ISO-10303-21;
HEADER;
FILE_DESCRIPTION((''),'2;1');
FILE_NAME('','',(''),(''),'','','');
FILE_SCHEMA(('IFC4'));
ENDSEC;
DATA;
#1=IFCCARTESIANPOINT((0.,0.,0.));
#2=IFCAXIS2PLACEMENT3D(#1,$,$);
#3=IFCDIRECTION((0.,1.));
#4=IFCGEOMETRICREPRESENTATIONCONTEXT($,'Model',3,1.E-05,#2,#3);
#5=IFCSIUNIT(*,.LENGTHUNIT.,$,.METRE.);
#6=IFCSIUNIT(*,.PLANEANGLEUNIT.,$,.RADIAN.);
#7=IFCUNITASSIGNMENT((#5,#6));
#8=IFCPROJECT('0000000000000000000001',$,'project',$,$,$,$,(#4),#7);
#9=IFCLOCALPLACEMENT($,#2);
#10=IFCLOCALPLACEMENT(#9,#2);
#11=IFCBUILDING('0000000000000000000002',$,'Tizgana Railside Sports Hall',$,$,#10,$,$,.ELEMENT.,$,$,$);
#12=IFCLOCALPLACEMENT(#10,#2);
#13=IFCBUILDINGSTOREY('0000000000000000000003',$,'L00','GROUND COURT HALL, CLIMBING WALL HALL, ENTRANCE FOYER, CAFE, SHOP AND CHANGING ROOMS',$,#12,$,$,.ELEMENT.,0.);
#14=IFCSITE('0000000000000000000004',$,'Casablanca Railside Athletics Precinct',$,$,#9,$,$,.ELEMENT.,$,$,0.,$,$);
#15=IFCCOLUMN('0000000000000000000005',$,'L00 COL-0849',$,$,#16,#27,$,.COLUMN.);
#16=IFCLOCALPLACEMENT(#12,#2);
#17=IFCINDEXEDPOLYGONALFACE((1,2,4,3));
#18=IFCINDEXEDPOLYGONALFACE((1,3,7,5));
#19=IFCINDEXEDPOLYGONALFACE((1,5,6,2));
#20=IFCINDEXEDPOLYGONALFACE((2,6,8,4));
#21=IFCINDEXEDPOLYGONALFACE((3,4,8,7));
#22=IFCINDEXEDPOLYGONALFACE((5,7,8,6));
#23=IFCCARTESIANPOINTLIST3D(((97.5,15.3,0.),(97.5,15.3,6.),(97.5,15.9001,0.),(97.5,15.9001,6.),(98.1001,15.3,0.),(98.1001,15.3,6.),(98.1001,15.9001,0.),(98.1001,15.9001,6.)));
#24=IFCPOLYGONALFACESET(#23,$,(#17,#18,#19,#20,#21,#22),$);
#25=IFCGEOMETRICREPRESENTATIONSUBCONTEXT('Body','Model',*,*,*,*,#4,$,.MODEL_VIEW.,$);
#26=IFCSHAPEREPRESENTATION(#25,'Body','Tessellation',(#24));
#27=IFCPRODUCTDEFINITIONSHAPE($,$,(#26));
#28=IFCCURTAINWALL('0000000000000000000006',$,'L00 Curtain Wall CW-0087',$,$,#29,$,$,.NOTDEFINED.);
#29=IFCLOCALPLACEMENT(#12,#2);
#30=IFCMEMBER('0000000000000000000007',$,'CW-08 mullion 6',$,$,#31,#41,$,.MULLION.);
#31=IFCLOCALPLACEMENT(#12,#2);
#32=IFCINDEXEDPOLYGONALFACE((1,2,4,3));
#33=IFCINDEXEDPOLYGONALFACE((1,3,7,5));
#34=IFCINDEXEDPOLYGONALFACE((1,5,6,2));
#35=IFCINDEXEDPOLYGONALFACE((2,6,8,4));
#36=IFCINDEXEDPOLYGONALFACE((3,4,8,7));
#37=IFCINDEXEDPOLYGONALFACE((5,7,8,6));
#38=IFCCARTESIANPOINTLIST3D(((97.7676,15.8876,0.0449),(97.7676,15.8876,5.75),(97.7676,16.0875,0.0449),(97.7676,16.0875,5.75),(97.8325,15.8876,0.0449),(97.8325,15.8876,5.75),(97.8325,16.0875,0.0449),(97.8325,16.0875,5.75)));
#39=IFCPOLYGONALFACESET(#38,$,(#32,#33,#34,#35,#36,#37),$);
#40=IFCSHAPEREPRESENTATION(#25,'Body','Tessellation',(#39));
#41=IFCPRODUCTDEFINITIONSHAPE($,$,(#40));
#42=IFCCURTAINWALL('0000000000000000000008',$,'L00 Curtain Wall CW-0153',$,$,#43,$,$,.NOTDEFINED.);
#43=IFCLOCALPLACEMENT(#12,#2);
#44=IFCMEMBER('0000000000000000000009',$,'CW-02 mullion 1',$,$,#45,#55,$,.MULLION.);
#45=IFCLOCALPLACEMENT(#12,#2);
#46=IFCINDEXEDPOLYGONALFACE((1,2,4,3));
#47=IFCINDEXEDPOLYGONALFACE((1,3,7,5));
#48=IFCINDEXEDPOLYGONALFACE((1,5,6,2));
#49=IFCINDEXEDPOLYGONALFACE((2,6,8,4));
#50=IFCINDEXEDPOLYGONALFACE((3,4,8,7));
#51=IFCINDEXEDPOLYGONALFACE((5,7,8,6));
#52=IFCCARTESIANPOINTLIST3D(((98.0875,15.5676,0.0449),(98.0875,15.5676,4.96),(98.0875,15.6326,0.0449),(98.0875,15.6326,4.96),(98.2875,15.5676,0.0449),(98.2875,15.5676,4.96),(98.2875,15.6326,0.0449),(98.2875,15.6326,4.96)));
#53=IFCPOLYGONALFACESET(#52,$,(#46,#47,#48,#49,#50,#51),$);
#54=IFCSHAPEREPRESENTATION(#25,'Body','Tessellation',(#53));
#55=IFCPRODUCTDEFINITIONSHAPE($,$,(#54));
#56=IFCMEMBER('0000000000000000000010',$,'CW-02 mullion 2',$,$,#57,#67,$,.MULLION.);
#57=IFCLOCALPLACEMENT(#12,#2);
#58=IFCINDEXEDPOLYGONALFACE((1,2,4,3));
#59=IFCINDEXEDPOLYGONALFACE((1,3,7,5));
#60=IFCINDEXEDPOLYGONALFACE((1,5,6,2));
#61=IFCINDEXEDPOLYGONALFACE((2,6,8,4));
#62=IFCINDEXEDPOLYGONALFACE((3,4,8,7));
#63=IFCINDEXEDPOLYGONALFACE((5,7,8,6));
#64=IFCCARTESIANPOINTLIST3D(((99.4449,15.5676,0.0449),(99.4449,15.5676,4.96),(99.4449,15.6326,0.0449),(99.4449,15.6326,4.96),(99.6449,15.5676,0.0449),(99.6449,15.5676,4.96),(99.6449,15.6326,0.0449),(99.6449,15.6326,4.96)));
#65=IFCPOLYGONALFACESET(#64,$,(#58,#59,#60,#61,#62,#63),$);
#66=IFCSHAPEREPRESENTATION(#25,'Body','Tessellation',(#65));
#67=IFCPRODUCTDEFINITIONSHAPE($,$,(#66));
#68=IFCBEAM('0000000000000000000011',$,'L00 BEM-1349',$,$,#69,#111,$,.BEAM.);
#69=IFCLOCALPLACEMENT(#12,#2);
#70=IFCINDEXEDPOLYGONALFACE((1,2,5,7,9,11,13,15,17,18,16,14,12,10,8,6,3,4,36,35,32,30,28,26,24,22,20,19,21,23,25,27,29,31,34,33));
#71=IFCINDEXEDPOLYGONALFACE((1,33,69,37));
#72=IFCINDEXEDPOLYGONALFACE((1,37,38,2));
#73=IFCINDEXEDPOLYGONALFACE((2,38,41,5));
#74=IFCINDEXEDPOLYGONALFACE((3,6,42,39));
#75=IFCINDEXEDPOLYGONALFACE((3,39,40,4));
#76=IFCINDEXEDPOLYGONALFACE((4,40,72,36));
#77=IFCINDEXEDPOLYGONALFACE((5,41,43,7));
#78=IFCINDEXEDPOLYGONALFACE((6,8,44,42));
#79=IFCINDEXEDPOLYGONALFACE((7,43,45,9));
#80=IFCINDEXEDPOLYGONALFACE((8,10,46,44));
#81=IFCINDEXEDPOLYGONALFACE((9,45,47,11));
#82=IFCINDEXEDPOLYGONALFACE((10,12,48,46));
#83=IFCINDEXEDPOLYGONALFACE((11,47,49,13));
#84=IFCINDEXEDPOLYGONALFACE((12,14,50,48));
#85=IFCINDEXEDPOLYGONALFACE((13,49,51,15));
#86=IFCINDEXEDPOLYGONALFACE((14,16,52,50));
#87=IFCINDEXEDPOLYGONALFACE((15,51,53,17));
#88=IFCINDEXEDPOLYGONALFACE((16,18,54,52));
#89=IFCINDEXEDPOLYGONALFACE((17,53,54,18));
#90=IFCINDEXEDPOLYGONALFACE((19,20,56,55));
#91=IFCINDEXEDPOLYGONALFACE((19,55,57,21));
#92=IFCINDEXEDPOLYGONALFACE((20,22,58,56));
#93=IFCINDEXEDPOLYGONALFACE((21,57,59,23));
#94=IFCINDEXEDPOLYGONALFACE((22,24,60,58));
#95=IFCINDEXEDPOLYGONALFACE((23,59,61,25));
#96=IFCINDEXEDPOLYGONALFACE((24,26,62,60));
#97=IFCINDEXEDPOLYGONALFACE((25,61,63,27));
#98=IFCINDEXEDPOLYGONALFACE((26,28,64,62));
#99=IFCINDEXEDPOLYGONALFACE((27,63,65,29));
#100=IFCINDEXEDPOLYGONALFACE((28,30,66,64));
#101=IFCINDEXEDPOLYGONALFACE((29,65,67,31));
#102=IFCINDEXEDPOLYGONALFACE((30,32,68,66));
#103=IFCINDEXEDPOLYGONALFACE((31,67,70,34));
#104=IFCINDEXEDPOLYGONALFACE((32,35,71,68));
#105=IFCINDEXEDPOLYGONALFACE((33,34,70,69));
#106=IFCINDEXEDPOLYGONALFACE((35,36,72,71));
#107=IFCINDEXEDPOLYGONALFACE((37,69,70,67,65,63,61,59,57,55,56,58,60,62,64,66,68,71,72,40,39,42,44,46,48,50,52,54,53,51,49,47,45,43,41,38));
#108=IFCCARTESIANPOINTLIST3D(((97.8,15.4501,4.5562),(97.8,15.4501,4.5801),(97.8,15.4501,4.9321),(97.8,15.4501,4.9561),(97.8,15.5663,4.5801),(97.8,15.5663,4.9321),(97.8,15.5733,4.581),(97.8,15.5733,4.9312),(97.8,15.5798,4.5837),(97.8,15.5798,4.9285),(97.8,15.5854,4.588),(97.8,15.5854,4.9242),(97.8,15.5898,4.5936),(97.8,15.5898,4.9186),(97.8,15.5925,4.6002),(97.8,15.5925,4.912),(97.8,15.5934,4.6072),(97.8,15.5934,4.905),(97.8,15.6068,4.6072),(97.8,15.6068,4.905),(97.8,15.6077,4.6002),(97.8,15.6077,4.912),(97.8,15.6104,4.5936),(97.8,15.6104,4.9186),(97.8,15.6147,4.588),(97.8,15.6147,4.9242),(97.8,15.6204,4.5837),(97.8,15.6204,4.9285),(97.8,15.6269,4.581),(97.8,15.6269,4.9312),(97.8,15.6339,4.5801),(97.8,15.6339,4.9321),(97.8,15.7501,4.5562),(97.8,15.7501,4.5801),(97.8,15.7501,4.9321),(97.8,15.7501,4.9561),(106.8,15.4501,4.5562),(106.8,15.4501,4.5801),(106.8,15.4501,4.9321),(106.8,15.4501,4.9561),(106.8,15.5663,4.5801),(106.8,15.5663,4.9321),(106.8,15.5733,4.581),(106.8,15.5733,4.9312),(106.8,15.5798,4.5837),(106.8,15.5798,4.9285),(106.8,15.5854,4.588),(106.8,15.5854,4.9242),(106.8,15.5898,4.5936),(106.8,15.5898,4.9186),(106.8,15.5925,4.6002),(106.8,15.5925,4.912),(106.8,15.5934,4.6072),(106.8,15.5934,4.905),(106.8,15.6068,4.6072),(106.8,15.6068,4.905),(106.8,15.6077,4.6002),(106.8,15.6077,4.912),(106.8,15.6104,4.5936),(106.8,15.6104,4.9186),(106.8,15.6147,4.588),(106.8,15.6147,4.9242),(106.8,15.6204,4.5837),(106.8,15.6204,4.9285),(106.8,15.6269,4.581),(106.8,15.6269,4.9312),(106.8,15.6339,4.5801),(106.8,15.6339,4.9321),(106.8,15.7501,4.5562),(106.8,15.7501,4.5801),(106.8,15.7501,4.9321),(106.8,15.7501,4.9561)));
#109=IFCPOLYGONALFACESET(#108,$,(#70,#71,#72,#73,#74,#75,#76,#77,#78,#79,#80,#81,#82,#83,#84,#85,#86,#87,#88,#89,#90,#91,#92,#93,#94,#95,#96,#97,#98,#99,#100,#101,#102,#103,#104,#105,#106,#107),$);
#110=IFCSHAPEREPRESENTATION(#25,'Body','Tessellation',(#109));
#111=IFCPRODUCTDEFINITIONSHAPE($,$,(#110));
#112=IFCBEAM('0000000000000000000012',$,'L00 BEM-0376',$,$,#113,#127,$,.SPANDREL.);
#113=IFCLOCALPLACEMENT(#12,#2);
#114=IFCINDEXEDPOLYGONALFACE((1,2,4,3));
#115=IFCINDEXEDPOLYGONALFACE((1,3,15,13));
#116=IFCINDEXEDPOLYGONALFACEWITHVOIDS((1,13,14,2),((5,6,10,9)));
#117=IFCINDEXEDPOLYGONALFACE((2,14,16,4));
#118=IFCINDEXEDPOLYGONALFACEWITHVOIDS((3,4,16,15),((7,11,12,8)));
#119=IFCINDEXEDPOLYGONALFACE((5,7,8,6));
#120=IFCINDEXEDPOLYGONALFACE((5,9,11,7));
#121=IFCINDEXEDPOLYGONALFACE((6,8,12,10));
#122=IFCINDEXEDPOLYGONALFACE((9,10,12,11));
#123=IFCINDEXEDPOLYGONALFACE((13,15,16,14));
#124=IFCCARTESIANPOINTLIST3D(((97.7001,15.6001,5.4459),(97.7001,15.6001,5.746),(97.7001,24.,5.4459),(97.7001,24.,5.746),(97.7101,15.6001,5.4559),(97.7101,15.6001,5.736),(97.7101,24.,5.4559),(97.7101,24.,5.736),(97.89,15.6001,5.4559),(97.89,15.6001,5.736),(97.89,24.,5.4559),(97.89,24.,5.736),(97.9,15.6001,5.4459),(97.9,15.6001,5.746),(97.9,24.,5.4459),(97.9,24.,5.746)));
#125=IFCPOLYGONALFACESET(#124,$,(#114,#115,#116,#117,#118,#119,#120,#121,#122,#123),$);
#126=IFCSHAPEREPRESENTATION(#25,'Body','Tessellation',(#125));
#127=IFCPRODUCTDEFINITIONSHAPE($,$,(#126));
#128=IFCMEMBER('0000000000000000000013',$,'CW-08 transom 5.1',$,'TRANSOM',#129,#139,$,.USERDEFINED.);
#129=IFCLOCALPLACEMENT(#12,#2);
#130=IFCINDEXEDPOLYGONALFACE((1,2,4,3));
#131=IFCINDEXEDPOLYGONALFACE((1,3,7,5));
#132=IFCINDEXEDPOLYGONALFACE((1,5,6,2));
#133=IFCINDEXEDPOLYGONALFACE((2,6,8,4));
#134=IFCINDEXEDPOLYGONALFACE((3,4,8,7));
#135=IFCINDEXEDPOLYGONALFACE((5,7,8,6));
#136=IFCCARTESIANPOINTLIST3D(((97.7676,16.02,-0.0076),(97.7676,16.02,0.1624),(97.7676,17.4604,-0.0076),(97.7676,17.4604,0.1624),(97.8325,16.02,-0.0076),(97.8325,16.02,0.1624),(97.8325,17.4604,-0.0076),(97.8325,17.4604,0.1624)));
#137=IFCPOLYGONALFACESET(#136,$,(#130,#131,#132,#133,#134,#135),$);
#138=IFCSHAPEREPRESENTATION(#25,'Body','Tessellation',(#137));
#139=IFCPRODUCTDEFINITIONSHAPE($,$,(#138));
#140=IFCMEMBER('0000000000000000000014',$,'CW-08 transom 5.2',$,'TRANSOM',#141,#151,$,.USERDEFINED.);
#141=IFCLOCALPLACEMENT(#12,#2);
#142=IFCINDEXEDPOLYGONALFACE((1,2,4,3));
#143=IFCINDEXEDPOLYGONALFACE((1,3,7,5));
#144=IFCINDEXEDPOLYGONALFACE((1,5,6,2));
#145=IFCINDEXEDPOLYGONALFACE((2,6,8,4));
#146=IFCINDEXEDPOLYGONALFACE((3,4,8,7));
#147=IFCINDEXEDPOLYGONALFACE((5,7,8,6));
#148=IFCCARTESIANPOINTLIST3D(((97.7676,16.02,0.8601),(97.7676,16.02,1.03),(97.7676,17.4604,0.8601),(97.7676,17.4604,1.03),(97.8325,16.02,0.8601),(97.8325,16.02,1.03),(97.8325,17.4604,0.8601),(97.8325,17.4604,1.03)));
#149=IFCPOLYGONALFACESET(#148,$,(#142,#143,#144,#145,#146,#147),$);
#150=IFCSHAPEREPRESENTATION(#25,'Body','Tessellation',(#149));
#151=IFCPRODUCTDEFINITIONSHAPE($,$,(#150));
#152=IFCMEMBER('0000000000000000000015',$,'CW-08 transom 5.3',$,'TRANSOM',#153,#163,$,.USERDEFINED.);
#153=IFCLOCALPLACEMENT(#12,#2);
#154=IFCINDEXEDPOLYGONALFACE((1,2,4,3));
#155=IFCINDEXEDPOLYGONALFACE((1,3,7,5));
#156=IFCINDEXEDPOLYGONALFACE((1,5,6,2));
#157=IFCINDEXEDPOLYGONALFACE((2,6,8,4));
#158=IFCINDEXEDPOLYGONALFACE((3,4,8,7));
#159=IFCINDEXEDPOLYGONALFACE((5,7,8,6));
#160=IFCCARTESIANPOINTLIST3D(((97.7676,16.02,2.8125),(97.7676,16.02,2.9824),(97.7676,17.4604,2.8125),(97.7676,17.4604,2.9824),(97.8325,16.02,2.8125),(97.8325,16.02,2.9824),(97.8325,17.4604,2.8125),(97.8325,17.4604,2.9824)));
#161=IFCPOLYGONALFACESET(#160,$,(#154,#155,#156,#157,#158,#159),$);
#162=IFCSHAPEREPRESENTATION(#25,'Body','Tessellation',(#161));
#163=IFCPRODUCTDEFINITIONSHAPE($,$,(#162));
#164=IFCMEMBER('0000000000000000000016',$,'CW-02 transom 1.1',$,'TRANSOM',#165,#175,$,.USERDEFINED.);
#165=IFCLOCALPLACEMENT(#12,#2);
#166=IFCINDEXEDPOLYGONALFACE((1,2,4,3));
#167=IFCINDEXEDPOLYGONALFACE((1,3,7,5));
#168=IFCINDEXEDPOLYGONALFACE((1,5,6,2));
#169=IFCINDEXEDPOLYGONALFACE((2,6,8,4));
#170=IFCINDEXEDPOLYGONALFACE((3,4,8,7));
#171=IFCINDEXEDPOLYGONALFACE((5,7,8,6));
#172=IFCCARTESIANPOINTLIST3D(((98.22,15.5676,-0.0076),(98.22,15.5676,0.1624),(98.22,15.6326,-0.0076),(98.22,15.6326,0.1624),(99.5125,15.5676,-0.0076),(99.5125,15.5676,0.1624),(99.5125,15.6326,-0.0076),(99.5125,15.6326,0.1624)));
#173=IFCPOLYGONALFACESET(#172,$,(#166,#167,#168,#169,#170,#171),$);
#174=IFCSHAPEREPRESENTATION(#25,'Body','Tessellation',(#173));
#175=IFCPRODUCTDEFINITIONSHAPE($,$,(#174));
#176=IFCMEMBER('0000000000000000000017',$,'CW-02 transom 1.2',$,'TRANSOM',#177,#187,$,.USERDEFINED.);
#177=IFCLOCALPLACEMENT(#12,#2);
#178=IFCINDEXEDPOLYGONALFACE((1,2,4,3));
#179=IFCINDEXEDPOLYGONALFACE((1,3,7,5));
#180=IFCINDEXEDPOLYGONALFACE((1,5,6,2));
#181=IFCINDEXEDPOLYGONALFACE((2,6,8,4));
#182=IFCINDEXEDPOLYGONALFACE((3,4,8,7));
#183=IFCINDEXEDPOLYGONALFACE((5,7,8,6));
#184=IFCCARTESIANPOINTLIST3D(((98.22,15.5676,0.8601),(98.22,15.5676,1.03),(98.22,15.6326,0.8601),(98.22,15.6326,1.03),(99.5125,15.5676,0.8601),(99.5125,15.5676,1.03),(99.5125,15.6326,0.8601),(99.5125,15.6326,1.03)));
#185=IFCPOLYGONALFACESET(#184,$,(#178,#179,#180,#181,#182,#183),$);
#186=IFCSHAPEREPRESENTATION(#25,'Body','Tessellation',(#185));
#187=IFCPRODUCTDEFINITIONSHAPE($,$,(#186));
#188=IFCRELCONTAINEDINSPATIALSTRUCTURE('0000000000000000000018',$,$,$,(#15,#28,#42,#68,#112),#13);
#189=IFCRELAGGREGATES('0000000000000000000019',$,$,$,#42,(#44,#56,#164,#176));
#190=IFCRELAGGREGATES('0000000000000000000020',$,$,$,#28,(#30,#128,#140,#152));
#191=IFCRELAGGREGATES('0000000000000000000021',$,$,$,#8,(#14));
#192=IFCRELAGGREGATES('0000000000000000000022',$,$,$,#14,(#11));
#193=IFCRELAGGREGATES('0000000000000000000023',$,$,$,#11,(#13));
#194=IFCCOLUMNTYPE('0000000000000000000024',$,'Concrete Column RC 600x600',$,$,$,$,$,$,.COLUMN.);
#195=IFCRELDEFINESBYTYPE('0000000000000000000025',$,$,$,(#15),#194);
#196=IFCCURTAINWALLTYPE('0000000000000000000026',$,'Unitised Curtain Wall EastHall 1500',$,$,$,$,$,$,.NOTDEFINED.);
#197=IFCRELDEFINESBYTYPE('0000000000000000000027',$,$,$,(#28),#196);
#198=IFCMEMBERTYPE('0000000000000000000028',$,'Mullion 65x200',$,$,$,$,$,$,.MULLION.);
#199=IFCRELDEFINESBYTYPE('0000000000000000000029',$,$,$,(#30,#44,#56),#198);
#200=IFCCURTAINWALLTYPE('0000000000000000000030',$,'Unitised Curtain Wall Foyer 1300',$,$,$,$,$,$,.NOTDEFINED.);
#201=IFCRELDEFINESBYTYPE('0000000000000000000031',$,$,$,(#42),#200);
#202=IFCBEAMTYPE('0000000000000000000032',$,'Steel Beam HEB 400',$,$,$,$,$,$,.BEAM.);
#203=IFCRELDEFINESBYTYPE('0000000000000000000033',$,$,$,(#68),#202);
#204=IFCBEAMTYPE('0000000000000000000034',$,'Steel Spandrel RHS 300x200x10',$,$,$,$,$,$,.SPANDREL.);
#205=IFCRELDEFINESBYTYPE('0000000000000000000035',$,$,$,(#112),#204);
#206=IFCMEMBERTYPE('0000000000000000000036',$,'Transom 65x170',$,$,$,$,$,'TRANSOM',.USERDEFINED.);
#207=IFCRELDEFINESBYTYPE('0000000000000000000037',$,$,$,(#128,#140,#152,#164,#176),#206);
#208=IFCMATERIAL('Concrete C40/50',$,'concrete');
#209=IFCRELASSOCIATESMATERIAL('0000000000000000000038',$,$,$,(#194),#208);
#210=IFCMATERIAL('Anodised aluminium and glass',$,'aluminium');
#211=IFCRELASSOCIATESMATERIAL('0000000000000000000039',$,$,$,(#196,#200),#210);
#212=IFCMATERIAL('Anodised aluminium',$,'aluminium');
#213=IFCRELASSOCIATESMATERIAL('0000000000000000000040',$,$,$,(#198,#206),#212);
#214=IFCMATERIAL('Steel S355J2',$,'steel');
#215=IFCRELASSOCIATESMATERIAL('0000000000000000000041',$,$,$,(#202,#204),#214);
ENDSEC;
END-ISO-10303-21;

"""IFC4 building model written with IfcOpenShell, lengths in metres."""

from ifc_helpers import new_model, si_unit, direction, frame, origin, origin_2d, place, context, subcontext, project, spatial, rectangle, hollow_rectangle, i_section, extrude, material, material_profile, profile_set, type_object, element, aggregate, save


model = new_model("IFC4")

# Units and contexts
model_context = context("Model", 3, precision=1e-05, world=origin(), true_north=direction((0.0, 1.0)))
body_context = subcontext(model_context, "Body", "Model", "MODEL_VIEW")
ifc_project = project(units=[si_unit("LENGTHUNIT", "METRE"), si_unit("PLANEANGLEUNIT", "RADIAN")], contexts=[model_context])

# Site, building, storey
site_placement = place(None, origin())
site = spatial("IfcSite", under=ifc_project, at=site_placement, Name="Casablanca Railside Athletics Precinct", CompositionType="ELEMENT", RefElevation=0.0)
building_placement = place(site_placement, origin())
building = spatial("IfcBuilding", under=site, at=building_placement, Name="Tizgana Railside Sports Hall", CompositionType="ELEMENT")
storey_placement = place(building_placement, origin())
storey = spatial("IfcBuildingStorey", under=building, at=storey_placement, Name="L00", Description="GROUND COURT HALL, CLIMBING WALL HALL, ENTRANCE FOYER, CAFE, SHOP AND CHANGING ROOMS", CompositionType="ELEMENT", Elevation=0.0)

# Column
ifc_material_1 = material(Name="Concrete C40/50", Category="concrete")
ifc_material_profile_1 = material_profile(ifc_material_1, rectangle(XDim=0.6001, YDim=0.6001, at=origin_2d()), Name="RC 600x600")
ifc_profile_set_1 = profile_set([ifc_material_profile_1], Name="Concrete C40/50")
column_type = type_object("IfcColumnType", Name="Concrete Column RC 600x600", PredefinedType="COLUMN", material=ifc_profile_set_1)
column_placement = place(storey_placement, frame((97.8, 15.6001, 0.0), z_axis=(0.0, 0.0, 1.0), x_axis=(1.0, 0.0, 0.0)))
element("IfcColumn", 1, at=column_placement, inside=storey, type_object=column_type, Name="L00 COL-0849", PredefinedType="COLUMN", context=body_context, shape_type="SweptSolid", body=[
    extrude(rectangle(XDim=0.6001, YDim=0.6001, at=origin_2d()), origin(), (0.0, 0.0, 1.0), 6.0),
])

# Curtain wall, member
ifc_material_2 = material(Name="Anodised aluminium and glass", Category="aluminium")
curtain_wall_type_1 = type_object("IfcCurtainWallType", Name="Unitised Curtain Wall EastHall 1500", PredefinedType="NOTDEFINED", material=ifc_material_2)
curtain_wall_1_placement = place(storey_placement, origin())
curtain_wall_1 = element("IfcCurtainWall", 2, at=curtain_wall_1_placement, inside=storey, type_object=curtain_wall_type_1, Name="L00 Curtain Wall CW-0087", PredefinedType="NOTDEFINED")
ifc_material_3 = material(Name="Anodised aluminium", Category="aluminium")
ifc_material_profile_2 = material_profile(ifc_material_3, rectangle(XDim=0.0649, YDim=0.2, at=origin_2d()), Name="Mullion 65x200")
ifc_profile_set_2 = profile_set([ifc_material_profile_2], Name="Anodised aluminium")
member_type_1 = type_object("IfcMemberType", Name="Mullion 65x200", PredefinedType="MULLION", material=ifc_profile_set_2)
member_1_placement = place(storey_placement, frame((97.8, 15.9875, 0.0449), z_axis=(0.0, 0.0, 1.0), x_axis=(1.0, 0.0, 0.0)))
member_1 = element("IfcMember", 3, at=member_1_placement, type_object=member_type_1, Name="CW-08 mullion 6", PredefinedType="MULLION", context=body_context, shape_type="SweptSolid", body=[
    extrude(rectangle(XDim=0.0649, YDim=0.2, at=origin_2d()), origin(), (0.0, 0.0, 1.0), 5.7051),
])

# Curtain wall, members
curtain_wall_type_2 = type_object("IfcCurtainWallType", Name="Unitised Curtain Wall Foyer 1300", PredefinedType="NOTDEFINED", material=ifc_material_2)
curtain_wall_2_placement = place(storey_placement, origin())
curtain_wall_2 = element("IfcCurtainWall", 4, at=curtain_wall_2_placement, inside=storey, type_object=curtain_wall_type_2, Name="L00 Curtain Wall CW-0153", PredefinedType="NOTDEFINED")
member_2_placement = place(storey_placement, frame((98.1875, 15.6001, 0.0449), z_axis=(0.0, 0.0, 1.0), x_axis=(0.0, 1.0, 0.0)))
member_2 = element("IfcMember", 5, at=member_2_placement, type_object=member_type_1, Name="CW-02 mullion 1", PredefinedType="MULLION", context=body_context, shape_type="SweptSolid", body=[
    extrude(rectangle(XDim=0.0649, YDim=0.2, at=origin_2d()), origin(), (0.0, 0.0, 1.0), 4.915),
])
member_3_placement = place(storey_placement, frame((99.5449, 15.6001, 0.0449), z_axis=(0.0, 0.0, 1.0), x_axis=(0.0, 1.0, 0.0)))
member_3 = element("IfcMember", 6, at=member_3_placement, type_object=member_type_1, Name="CW-02 mullion 2", PredefinedType="MULLION", context=body_context, shape_type="SweptSolid", body=[
    extrude(rectangle(XDim=0.0649, YDim=0.2, at=origin_2d()), origin(), (0.0, 0.0, 1.0), 4.915),
])

# Beams
ifc_material_4 = material(Name="Steel S355J2", Category="steel")
ifc_material_profile_3 = material_profile(ifc_material_4, i_section(OverallWidth=0.3, OverallDepth=0.3999, WebThickness=0.0134, FlangeThickness=0.0239, FilletRadius=0.0271, at=origin_2d()), Name="HEB 400")
ifc_profile_set_3 = profile_set([ifc_material_profile_3], Name="Steel S355J2")
beam_type_1 = type_object("IfcBeamType", Name="Steel Beam HEB 400", PredefinedType="BEAM", material=ifc_profile_set_3)
beam_1_placement = place(storey_placement, frame((97.8, 15.6001, 4.7561), z_axis=(1.0, 0.0, 0.0), x_axis=(0.0, 1.0, 0.0)))
element("IfcBeam", 7, at=beam_1_placement, inside=storey, type_object=beam_type_1, Name="L00 BEM-1349", PredefinedType="BEAM", context=body_context, shape_type="SweptSolid", body=[
    extrude(i_section(OverallWidth=0.3, OverallDepth=0.3999, WebThickness=0.0134, FlangeThickness=0.0239, FilletRadius=0.0271, at=origin_2d()), origin(), (0.0, 0.0, 1.0), 9.0),
])
ifc_material_profile_4 = material_profile(ifc_material_4, hollow_rectangle(XDim=0.2, YDim=0.3, WallThickness=0.01, at=origin_2d()), Name="RHS 300x200x10")
ifc_profile_set_4 = profile_set([ifc_material_profile_4], Name="Steel S355J2")
beam_type_2 = type_object("IfcBeamType", Name="Steel Spandrel RHS 300x200x10", PredefinedType="SPANDREL", material=ifc_profile_set_4)
beam_2_placement = place(storey_placement, frame((97.8, 15.6001, 5.5959), z_axis=(0.0, 1.0, 0.0), x_axis=(-1.0, 0.0, 0.0)))
element("IfcBeam", 8, at=beam_2_placement, inside=storey, type_object=beam_type_2, Name="L00 BEM-0376", PredefinedType="SPANDREL", context=body_context, shape_type="SweptSolid", body=[
    extrude(hollow_rectangle(XDim=0.2, YDim=0.3, WallThickness=0.01, at=origin_2d()), origin(), (0.0, 0.0, 1.0), 8.3999),
])

# Members
ifc_material_profile_5 = material_profile(ifc_material_3, rectangle(XDim=0.0649, YDim=0.1699, at=origin_2d()), Name="Transom 65x170")
ifc_profile_set_5 = profile_set([ifc_material_profile_5], Name="Anodised aluminium")
member_type_2 = type_object("IfcMemberType", Name="Transom 65x170", ElementType="TRANSOM", PredefinedType="USERDEFINED", material=ifc_profile_set_5)
member_4_placement = place(storey_placement, frame((97.8, 17.4604, 0.0774), z_axis=(0.0, -1.0, 0.0), x_axis=(1.0, 0.0, 0.0)))
member_4 = element("IfcMember", 9, at=member_4_placement, type_object=member_type_2, Name="CW-08 transom 5.1", ObjectType="TRANSOM", PredefinedType="USERDEFINED", context=body_context, shape_type="SweptSolid", body=[
    extrude(rectangle(XDim=0.0649, YDim=0.1699, at=origin_2d()), origin(), (0.0, 0.0, 1.0), 1.4404),
])
member_5_placement = place(storey_placement, frame((97.8, 17.4604, 0.9451), z_axis=(0.0, -1.0, 0.0), x_axis=(1.0, 0.0, 0.0)))
member_5 = element("IfcMember", 10, at=member_5_placement, type_object=member_type_2, Name="CW-08 transom 5.2", ObjectType="TRANSOM", PredefinedType="USERDEFINED", context=body_context, shape_type="SweptSolid", body=[
    extrude(rectangle(XDim=0.0649, YDim=0.1699, at=origin_2d()), origin(), (0.0, 0.0, 1.0), 1.4404),
])
member_6_placement = place(storey_placement, frame((97.8, 17.4604, 2.8975), z_axis=(0.0, -1.0, 0.0), x_axis=(1.0, 0.0, 0.0)))
member_6 = element("IfcMember", 11, at=member_6_placement, type_object=member_type_2, Name="CW-08 transom 5.3", ObjectType="TRANSOM", PredefinedType="USERDEFINED", context=body_context, shape_type="SweptSolid", body=[
    extrude(rectangle(XDim=0.0649, YDim=0.1699, at=origin_2d()), origin(), (0.0, 0.0, 1.0), 1.4404),
])
member_7_placement = place(storey_placement, frame((98.22, 15.6001, 0.0774), z_axis=(1.0, 0.0, 0.0), x_axis=(0.0, 1.0, 0.0)))
member_7 = element("IfcMember", 12, at=member_7_placement, type_object=member_type_2, Name="CW-02 transom 1.1", ObjectType="TRANSOM", PredefinedType="USERDEFINED", context=body_context, shape_type="SweptSolid", body=[
    extrude(rectangle(XDim=0.0649, YDim=0.1699, at=origin_2d()), origin(), (0.0, 0.0, 1.0), 1.2925),
])
member_8_placement = place(storey_placement, frame((98.22, 15.6001, 0.9451), z_axis=(1.0, 0.0, 0.0), x_axis=(0.0, 1.0, 0.0)))
member_8 = element("IfcMember", 13, at=member_8_placement, type_object=member_type_2, Name="CW-02 transom 1.2", ObjectType="TRANSOM", PredefinedType="USERDEFINED", context=body_context, shape_type="SweptSolid", body=[
    extrude(rectangle(XDim=0.0649, YDim=0.1699, at=origin_2d()), origin(), (0.0, 0.0, 1.0), 1.2925),
])

aggregate(curtain_wall_2, [member_2, member_3, member_7, member_8])
aggregate(curtain_wall_1, [member_1, member_4, member_5, member_6])

save(model, "model.ifc")
